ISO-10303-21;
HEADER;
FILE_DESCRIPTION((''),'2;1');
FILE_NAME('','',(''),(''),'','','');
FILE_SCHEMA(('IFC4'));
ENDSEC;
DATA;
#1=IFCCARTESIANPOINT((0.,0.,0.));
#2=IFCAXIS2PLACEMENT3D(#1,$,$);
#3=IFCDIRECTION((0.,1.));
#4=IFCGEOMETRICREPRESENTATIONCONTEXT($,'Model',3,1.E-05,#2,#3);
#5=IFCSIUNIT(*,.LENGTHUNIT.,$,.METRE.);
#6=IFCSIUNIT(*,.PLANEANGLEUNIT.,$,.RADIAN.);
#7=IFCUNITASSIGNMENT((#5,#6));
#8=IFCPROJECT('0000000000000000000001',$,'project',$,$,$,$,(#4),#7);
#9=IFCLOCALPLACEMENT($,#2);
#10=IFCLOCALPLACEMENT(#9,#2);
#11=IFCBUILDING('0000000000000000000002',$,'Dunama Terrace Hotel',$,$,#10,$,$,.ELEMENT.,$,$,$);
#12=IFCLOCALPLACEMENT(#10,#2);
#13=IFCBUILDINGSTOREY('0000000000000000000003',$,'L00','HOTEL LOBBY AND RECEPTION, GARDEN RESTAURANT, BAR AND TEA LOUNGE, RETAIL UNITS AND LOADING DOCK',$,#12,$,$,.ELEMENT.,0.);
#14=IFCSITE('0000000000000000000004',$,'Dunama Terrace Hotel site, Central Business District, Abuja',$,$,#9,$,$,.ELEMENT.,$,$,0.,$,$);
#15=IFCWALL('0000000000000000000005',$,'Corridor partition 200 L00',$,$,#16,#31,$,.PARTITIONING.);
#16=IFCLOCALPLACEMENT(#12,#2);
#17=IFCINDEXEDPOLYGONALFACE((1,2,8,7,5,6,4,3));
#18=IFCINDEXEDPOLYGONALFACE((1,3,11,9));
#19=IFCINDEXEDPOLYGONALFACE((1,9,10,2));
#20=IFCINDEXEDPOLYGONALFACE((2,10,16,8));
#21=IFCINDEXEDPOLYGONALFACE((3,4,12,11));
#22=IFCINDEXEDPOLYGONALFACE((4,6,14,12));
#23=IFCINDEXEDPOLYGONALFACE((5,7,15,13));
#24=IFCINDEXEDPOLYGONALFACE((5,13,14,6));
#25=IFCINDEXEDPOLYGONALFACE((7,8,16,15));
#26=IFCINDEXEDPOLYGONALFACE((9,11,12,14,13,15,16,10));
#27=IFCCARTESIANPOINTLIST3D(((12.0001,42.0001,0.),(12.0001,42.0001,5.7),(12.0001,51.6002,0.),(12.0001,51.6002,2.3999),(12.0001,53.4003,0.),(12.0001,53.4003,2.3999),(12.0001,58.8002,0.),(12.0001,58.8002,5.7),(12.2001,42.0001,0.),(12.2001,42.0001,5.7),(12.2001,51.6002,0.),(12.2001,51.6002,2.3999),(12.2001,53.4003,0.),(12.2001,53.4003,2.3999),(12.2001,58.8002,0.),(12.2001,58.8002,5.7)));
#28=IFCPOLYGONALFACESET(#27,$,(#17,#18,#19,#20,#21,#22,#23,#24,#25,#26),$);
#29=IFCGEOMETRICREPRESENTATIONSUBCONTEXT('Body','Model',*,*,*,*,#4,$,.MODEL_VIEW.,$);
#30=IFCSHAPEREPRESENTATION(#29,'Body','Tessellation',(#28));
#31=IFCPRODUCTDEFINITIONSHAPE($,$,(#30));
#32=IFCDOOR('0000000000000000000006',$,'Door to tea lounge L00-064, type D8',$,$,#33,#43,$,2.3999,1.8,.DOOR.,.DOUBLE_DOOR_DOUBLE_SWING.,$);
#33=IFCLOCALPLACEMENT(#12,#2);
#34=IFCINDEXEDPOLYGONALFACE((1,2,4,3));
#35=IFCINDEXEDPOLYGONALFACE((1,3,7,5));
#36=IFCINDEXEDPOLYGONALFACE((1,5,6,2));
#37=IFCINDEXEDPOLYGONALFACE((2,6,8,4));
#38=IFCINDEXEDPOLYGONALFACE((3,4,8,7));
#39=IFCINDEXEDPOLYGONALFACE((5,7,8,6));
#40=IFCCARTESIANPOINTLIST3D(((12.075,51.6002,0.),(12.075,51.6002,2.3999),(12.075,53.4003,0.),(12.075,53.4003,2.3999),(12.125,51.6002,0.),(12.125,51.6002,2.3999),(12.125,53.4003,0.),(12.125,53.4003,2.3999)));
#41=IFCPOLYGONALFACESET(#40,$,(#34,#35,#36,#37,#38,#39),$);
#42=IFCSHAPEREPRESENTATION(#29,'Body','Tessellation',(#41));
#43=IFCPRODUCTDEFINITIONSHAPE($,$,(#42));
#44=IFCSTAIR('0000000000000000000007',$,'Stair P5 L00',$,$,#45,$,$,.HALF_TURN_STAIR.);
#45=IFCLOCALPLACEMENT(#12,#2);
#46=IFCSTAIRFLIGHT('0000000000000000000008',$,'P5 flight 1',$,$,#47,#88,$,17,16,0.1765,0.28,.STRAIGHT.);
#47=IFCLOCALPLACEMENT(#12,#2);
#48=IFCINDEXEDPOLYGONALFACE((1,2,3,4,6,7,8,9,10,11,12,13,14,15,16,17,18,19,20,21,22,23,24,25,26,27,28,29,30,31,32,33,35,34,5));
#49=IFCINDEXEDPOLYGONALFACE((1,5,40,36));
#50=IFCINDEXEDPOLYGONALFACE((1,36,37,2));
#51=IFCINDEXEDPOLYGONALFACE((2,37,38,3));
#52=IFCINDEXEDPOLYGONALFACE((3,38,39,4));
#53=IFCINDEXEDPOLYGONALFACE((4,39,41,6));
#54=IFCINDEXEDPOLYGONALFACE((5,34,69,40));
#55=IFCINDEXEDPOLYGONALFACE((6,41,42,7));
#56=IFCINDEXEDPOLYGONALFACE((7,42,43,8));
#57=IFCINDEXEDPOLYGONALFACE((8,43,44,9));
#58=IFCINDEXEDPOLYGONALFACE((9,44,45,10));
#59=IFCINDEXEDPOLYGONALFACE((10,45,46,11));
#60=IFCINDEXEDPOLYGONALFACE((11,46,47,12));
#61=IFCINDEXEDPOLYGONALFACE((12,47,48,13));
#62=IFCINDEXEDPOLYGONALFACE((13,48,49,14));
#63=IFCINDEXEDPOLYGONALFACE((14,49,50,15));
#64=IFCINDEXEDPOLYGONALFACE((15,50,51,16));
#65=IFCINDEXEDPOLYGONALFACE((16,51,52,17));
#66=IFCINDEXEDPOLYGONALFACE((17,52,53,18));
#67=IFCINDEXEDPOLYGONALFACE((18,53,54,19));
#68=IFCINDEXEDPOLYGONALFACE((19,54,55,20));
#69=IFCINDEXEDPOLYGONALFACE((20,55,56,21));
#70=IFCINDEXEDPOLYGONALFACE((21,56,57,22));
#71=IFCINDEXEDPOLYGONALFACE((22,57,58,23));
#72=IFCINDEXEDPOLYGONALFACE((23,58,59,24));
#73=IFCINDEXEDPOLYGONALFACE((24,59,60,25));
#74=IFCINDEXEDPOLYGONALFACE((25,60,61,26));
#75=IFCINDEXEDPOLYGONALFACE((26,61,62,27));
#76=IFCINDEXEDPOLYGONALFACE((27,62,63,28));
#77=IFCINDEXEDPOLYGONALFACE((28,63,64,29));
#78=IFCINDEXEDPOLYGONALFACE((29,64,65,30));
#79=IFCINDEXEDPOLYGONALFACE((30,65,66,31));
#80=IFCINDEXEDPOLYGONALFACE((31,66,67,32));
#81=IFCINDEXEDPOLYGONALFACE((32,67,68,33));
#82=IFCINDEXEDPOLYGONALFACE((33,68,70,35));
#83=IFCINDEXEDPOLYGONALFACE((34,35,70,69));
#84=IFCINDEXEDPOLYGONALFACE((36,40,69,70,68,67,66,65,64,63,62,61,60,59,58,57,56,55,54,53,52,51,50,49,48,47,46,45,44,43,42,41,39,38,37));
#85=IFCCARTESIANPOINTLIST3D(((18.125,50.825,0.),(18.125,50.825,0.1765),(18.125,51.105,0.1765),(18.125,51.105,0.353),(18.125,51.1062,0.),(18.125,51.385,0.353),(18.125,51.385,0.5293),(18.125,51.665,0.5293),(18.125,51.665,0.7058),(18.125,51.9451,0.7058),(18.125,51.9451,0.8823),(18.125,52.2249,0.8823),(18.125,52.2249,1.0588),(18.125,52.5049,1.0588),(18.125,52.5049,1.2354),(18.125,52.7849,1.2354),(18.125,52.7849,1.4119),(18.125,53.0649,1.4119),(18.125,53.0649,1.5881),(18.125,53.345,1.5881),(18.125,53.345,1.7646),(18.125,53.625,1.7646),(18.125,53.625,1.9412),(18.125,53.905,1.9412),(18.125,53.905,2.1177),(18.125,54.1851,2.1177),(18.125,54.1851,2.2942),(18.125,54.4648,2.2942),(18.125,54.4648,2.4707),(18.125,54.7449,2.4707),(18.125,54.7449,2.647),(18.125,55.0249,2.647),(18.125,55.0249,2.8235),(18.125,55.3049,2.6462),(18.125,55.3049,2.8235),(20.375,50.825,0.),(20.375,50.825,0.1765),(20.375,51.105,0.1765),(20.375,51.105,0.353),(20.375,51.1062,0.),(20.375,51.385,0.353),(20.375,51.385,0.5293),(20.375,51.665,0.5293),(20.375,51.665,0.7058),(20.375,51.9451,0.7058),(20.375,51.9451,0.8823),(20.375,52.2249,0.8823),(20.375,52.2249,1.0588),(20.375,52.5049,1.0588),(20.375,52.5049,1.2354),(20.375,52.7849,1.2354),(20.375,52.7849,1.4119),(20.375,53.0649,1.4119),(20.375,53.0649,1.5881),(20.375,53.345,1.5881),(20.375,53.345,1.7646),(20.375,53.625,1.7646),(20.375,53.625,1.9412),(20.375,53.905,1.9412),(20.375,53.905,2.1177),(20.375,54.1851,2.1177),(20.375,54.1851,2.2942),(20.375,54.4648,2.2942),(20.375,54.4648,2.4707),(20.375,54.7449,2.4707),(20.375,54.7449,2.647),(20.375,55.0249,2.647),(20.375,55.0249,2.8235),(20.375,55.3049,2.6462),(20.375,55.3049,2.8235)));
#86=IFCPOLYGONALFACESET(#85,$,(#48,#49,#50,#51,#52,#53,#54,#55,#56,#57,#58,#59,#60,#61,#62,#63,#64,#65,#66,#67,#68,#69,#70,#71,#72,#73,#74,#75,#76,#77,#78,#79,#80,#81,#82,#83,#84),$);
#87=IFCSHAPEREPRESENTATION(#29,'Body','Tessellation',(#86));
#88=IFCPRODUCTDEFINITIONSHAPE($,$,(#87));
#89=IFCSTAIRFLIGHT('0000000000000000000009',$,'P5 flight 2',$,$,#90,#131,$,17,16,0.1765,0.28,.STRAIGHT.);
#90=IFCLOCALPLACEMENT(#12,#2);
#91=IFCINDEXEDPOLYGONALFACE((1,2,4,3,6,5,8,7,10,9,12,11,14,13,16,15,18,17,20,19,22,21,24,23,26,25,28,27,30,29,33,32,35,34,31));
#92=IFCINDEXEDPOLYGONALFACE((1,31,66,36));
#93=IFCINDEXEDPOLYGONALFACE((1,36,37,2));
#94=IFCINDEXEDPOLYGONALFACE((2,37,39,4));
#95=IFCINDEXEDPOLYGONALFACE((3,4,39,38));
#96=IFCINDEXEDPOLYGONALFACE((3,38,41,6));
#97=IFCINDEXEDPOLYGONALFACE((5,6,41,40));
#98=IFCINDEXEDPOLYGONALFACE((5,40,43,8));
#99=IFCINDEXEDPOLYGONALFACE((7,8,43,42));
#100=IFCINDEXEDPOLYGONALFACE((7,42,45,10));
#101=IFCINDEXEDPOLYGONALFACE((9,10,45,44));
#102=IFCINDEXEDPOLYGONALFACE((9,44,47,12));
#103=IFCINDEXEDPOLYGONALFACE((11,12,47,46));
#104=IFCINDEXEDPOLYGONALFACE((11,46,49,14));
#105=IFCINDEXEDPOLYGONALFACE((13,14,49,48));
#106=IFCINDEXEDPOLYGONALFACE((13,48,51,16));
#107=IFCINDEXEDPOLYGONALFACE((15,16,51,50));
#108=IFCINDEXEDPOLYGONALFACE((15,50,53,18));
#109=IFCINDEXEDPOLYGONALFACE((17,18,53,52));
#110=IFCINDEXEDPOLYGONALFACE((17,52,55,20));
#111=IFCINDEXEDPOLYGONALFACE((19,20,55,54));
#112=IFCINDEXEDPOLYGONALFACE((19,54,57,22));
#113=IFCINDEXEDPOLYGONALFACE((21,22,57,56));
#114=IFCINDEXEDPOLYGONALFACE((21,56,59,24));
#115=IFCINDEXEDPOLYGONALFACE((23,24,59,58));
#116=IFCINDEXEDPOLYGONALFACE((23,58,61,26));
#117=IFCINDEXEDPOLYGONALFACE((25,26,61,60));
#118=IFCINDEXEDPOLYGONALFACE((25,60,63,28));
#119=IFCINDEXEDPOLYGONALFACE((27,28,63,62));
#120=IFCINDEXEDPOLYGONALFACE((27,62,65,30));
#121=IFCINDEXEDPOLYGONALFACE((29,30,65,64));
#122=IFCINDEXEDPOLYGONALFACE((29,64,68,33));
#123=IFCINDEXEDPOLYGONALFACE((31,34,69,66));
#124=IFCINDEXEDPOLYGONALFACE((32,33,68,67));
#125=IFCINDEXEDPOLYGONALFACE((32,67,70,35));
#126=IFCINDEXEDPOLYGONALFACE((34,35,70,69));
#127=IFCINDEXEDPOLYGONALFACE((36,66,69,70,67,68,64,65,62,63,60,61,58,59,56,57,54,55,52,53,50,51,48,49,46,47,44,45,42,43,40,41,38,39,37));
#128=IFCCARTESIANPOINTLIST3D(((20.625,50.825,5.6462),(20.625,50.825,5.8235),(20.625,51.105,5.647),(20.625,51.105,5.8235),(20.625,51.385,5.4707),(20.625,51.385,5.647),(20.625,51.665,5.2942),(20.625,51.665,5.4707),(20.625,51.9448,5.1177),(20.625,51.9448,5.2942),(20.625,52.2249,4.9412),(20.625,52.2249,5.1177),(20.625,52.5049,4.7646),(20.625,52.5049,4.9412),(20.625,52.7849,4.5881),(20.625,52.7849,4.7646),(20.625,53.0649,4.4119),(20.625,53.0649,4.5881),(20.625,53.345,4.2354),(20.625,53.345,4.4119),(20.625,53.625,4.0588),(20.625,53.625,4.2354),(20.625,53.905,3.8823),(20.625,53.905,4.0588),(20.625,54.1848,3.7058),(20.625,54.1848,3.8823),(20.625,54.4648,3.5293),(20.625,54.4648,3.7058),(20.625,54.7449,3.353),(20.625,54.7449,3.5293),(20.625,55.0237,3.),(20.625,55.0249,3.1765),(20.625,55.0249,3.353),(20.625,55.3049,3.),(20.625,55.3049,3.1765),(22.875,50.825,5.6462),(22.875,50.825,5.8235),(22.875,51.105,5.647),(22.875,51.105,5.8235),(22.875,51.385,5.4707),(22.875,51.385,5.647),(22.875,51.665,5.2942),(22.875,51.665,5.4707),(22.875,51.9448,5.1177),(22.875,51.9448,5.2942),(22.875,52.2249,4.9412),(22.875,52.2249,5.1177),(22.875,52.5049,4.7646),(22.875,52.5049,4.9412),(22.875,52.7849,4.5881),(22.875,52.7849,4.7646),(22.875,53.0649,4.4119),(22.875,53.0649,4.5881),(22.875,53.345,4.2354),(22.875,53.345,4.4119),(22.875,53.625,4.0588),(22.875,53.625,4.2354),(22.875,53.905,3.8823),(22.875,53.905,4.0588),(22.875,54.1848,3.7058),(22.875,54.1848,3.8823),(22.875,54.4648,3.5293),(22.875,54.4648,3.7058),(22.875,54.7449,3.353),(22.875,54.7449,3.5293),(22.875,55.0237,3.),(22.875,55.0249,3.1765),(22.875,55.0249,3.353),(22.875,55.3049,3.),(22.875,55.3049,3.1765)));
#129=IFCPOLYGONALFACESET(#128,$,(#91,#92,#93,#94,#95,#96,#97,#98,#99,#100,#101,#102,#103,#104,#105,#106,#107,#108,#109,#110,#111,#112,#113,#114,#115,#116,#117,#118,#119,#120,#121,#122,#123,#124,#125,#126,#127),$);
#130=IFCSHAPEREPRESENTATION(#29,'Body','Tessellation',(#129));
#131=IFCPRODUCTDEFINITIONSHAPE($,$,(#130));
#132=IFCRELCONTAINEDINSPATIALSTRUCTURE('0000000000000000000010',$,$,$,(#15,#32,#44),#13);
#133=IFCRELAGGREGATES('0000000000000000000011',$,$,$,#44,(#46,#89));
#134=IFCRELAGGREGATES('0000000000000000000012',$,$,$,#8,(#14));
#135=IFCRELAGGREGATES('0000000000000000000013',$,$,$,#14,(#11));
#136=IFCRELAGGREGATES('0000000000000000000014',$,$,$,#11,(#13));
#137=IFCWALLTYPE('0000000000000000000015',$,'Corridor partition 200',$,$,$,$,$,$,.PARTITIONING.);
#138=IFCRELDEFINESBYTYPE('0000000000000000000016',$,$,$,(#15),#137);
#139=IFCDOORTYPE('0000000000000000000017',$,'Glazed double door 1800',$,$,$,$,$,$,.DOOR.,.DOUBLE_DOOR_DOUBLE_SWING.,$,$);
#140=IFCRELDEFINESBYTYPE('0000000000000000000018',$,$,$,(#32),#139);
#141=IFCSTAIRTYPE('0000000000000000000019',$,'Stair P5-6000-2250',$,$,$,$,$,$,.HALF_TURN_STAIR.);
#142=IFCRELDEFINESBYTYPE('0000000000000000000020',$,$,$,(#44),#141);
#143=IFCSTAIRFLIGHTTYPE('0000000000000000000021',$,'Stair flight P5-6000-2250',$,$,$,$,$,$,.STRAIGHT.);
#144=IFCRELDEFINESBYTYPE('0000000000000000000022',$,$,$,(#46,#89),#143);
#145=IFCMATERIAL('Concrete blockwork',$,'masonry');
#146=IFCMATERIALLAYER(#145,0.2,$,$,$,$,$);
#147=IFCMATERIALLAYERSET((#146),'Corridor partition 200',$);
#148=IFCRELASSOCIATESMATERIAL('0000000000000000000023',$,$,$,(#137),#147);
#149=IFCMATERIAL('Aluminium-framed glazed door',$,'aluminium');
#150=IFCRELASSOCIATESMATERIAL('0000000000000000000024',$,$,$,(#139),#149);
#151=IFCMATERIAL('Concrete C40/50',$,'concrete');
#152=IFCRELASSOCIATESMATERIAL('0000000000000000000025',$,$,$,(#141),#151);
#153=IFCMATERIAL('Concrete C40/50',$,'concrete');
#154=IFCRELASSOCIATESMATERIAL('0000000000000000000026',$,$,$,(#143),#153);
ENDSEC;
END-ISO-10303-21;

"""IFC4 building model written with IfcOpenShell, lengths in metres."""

from ifc_helpers import new_model, si_unit, direction, frame, frame_2d, origin, place, context, subcontext, project, spatial, polyline, rectangle, outline, extrude, material, layer, layer_set, type_object, element, fill, aggregate, save


model = new_model("IFC4")

# Units and contexts
model_context = context("Model", 3, precision=1e-05, world=origin(), true_north=direction((0.0, 1.0)))
body_context = subcontext(model_context, "Body", "Model", "MODEL_VIEW")
ifc_project = project(units=[si_unit("LENGTHUNIT", "METRE"), si_unit("PLANEANGLEUNIT", "RADIAN")], contexts=[model_context])

# Site, building, storey
site_placement = place(None, origin())
site = spatial("IfcSite", under=ifc_project, at=site_placement, Name="Dunama Terrace Hotel site, Central Business District, Abuja", CompositionType="ELEMENT", RefElevation=0.0)
building_placement = place(site_placement, origin())
building = spatial("IfcBuilding", under=site, at=building_placement, Name="Dunama Terrace Hotel", CompositionType="ELEMENT")
storey_placement = place(building_placement, origin())
storey = spatial("IfcBuildingStorey", under=building, at=storey_placement, Name="L00", Description="HOTEL LOBBY AND RECEPTION, GARDEN RESTAURANT, BAR AND TEA LOUNGE, RETAIL UNITS AND LOADING DOCK", CompositionType="ELEMENT", Elevation=0.0)

# Wall, opening, door
ifc_material_1 = material(Name="Concrete blockwork", Category="masonry")
ifc_layer_1 = layer(ifc_material_1, 0.2)
ifc_layer_set_1 = layer_set([ifc_layer_1], Name="Corridor partition 200")
wall_type = type_object("IfcWallType", Name="Corridor partition 200", PredefinedType="PARTITIONING", material=ifc_layer_set_1)
wall_placement = place(storey_placement, frame((12.1001, 58.8, 0.0), z_axis=(0.0, 0.0, 1.0), x_axis=(0.0, -1.0, 0.0)))
wall = element("IfcWall", 1, at=wall_placement, inside=storey, type_object=wall_type, Name="Corridor partition 200 L00", PredefinedType="PARTITIONING", context=body_context, shape_type="SweptSolid", body=[
    extrude(rectangle(XDim=16.8, YDim=0.2, at=frame_2d((8.3999, 0.0))), origin(), (0.0, 0.0, 1.0), 5.7),
])
opening_placement = place(wall_placement, frame((5.3999, 0.0, 0.0)))
opening = element("IfcOpeningElement", 2, at=opening_placement, cuts=wall, PredefinedType="OPENING", context=body_context, shape_type="SweptSolid", body=[
    extrude(rectangle(XDim=1.8, YDim=2.3999, at=frame_2d((0.8999, 1.2))), frame((0.0, 0.1099, 0.0), z_axis=(0.0, -1.0, 0.0), x_axis=(1.0, 0.0, 0.0)), (0.0, 0.0, 1.0), 0.22),
])
ifc_material_2 = material(Name="Aluminium-framed glazed door", Category="aluminium")
door_type = type_object("IfcDoorType", Name="Glazed double door 1800", OperationType="DOUBLE_DOOR_DOUBLE_SWING", PredefinedType="DOOR", material=ifc_material_2)
door_placement = place(opening_placement, origin())
door = element("IfcDoor", 3, at=door_placement, inside=storey, type_object=door_type, Name="Door to tea lounge L00-064, type D8", OperationType="DOUBLE_DOOR_DOUBLE_SWING", OverallHeight=2.3999, OverallWidth=1.8, PredefinedType="DOOR", context=body_context, shape_type="SweptSolid", body=[
    extrude(rectangle(XDim=1.8, YDim=2.3999, at=frame_2d((0.8999, 1.2))), frame((0.0, 0.0249, 0.0), z_axis=(0.0, -1.0, 0.0), x_axis=(1.0, 0.0, 0.0)), (0.0, 0.0, 1.0), 0.05),
])
fill(opening, door)

# Stair, stair flights
ifc_material_3 = material(Name="Concrete C40/50", Category="concrete")
stair_type = type_object("IfcStairType", Name="Stair P5-6000-2250", PredefinedType="HALF_TURN_STAIR", material=ifc_material_3)
stair_placement = place(storey_placement, origin())
stair = element("IfcStair", 4, at=stair_placement, inside=storey, type_object=stair_type, Name="Stair P5 L00", PredefinedType="HALF_TURN_STAIR")
ifc_material_4 = material(Name="Concrete C40/50", Category="concrete")
stair_flight_type = type_object("IfcStairFlightType", Name="Stair flight P5-6000-2250", PredefinedType="STRAIGHT", material=ifc_material_4)
stair_flight_1_placement = place(storey_placement, frame((19.25, 50.825, 0.0), z_axis=(0.0, 0.0, 1.0), x_axis=(0.0, 1.0, 0.0)))
stair_flight_1 = element("IfcStairFlight", 5, at=stair_flight_1_placement, type_object=stair_flight_type, Name="P5 flight 1", NumberOfRisers=17, NumberOfTreads=16, PredefinedType="STRAIGHT", RiserHeight=0.1765, TreadLength=0.28, context=body_context, shape_type="SweptSolid", body=[
    extrude(outline(polyline([(0.0, 0.0), (0.0, 0.1765), (0.28, 0.1765), (0.28, 0.353), (0.5601, 0.353), (0.5601, 0.5293), (0.8401, 0.5293), (0.8401, 0.7058), (1.1201, 0.7058), (1.1201, 0.8823), (1.3999, 0.8823), (1.3999, 1.0588), (1.6799, 1.0588), (1.6799, 1.2354), (1.96, 1.2354), (1.96, 1.4119), (2.24, 1.4119), (2.24, 1.5881), (2.52, 1.5881), (2.52, 1.7646), (2.8, 1.7646), (2.8, 1.9412), (3.0801, 1.9412), (3.0801, 2.1177), (3.3601, 2.1177), (3.3601, 2.2942), (3.6399, 2.2942), (3.6399, 2.4707), (3.9199, 2.4707), (3.9199, 2.647), (4.2, 2.647), (4.2, 2.8235), (4.48, 2.8235), (4.48, 3.0), (4.48, 2.6462), (0.2812, 0.0), (0.0, 0.0)])), frame((0.0, 1.125, 0.0), z_axis=(0.0, -1.0, 0.0), x_axis=(1.0, 0.0, 0.0)), (0.0, 0.0, 1.0), 2.25),
])
stair_flight_2_placement = place(storey_placement, frame((21.75, 55.3049, 3.0), z_axis=(0.0, 0.0, 1.0), x_axis=(0.0, -1.0, 0.0)))
stair_flight_2 = element("IfcStairFlight", 6, at=stair_flight_2_placement, type_object=stair_flight_type, Name="P5 flight 2", NumberOfRisers=17, NumberOfTreads=16, PredefinedType="STRAIGHT", RiserHeight=0.1765, TreadLength=0.28, context=body_context, shape_type="SweptSolid", body=[
    extrude(outline(polyline([(0.0, 0.0), (0.0, 0.1765), (0.28, 0.1765), (0.28, 0.353), (0.5601, 0.353), (0.5601, 0.5293), (0.8401, 0.5293), (0.8401, 0.7058), (1.1201, 0.7058), (1.1201, 0.8823), (1.3999, 0.8823), (1.3999, 1.0588), (1.6799, 1.0588), (1.6799, 1.2354), (1.96, 1.2354), (1.96, 1.4119), (2.24, 1.4119), (2.24, 1.5881), (2.52, 1.5881), (2.52, 1.7646), (2.8, 1.7646), (2.8, 1.9412), (3.0801, 1.9412), (3.0801, 2.1177), (3.3601, 2.1177), (3.3601, 2.2942), (3.6399, 2.2942), (3.6399, 2.4707), (3.9199, 2.4707), (3.9199, 2.647), (4.2, 2.647), (4.2, 2.8235), (4.48, 2.8235), (4.48, 3.0), (4.48, 2.6462), (0.2812, 0.0), (0.0, 0.0)])), frame((0.0, 1.125, 0.0), z_axis=(0.0, -1.0, 0.0), x_axis=(1.0, 0.0, 0.0)), (0.0, 0.0, 1.0), 2.25),
])
aggregate(stair, [stair_flight_1, stair_flight_2])

save(model, "model.ifc")
